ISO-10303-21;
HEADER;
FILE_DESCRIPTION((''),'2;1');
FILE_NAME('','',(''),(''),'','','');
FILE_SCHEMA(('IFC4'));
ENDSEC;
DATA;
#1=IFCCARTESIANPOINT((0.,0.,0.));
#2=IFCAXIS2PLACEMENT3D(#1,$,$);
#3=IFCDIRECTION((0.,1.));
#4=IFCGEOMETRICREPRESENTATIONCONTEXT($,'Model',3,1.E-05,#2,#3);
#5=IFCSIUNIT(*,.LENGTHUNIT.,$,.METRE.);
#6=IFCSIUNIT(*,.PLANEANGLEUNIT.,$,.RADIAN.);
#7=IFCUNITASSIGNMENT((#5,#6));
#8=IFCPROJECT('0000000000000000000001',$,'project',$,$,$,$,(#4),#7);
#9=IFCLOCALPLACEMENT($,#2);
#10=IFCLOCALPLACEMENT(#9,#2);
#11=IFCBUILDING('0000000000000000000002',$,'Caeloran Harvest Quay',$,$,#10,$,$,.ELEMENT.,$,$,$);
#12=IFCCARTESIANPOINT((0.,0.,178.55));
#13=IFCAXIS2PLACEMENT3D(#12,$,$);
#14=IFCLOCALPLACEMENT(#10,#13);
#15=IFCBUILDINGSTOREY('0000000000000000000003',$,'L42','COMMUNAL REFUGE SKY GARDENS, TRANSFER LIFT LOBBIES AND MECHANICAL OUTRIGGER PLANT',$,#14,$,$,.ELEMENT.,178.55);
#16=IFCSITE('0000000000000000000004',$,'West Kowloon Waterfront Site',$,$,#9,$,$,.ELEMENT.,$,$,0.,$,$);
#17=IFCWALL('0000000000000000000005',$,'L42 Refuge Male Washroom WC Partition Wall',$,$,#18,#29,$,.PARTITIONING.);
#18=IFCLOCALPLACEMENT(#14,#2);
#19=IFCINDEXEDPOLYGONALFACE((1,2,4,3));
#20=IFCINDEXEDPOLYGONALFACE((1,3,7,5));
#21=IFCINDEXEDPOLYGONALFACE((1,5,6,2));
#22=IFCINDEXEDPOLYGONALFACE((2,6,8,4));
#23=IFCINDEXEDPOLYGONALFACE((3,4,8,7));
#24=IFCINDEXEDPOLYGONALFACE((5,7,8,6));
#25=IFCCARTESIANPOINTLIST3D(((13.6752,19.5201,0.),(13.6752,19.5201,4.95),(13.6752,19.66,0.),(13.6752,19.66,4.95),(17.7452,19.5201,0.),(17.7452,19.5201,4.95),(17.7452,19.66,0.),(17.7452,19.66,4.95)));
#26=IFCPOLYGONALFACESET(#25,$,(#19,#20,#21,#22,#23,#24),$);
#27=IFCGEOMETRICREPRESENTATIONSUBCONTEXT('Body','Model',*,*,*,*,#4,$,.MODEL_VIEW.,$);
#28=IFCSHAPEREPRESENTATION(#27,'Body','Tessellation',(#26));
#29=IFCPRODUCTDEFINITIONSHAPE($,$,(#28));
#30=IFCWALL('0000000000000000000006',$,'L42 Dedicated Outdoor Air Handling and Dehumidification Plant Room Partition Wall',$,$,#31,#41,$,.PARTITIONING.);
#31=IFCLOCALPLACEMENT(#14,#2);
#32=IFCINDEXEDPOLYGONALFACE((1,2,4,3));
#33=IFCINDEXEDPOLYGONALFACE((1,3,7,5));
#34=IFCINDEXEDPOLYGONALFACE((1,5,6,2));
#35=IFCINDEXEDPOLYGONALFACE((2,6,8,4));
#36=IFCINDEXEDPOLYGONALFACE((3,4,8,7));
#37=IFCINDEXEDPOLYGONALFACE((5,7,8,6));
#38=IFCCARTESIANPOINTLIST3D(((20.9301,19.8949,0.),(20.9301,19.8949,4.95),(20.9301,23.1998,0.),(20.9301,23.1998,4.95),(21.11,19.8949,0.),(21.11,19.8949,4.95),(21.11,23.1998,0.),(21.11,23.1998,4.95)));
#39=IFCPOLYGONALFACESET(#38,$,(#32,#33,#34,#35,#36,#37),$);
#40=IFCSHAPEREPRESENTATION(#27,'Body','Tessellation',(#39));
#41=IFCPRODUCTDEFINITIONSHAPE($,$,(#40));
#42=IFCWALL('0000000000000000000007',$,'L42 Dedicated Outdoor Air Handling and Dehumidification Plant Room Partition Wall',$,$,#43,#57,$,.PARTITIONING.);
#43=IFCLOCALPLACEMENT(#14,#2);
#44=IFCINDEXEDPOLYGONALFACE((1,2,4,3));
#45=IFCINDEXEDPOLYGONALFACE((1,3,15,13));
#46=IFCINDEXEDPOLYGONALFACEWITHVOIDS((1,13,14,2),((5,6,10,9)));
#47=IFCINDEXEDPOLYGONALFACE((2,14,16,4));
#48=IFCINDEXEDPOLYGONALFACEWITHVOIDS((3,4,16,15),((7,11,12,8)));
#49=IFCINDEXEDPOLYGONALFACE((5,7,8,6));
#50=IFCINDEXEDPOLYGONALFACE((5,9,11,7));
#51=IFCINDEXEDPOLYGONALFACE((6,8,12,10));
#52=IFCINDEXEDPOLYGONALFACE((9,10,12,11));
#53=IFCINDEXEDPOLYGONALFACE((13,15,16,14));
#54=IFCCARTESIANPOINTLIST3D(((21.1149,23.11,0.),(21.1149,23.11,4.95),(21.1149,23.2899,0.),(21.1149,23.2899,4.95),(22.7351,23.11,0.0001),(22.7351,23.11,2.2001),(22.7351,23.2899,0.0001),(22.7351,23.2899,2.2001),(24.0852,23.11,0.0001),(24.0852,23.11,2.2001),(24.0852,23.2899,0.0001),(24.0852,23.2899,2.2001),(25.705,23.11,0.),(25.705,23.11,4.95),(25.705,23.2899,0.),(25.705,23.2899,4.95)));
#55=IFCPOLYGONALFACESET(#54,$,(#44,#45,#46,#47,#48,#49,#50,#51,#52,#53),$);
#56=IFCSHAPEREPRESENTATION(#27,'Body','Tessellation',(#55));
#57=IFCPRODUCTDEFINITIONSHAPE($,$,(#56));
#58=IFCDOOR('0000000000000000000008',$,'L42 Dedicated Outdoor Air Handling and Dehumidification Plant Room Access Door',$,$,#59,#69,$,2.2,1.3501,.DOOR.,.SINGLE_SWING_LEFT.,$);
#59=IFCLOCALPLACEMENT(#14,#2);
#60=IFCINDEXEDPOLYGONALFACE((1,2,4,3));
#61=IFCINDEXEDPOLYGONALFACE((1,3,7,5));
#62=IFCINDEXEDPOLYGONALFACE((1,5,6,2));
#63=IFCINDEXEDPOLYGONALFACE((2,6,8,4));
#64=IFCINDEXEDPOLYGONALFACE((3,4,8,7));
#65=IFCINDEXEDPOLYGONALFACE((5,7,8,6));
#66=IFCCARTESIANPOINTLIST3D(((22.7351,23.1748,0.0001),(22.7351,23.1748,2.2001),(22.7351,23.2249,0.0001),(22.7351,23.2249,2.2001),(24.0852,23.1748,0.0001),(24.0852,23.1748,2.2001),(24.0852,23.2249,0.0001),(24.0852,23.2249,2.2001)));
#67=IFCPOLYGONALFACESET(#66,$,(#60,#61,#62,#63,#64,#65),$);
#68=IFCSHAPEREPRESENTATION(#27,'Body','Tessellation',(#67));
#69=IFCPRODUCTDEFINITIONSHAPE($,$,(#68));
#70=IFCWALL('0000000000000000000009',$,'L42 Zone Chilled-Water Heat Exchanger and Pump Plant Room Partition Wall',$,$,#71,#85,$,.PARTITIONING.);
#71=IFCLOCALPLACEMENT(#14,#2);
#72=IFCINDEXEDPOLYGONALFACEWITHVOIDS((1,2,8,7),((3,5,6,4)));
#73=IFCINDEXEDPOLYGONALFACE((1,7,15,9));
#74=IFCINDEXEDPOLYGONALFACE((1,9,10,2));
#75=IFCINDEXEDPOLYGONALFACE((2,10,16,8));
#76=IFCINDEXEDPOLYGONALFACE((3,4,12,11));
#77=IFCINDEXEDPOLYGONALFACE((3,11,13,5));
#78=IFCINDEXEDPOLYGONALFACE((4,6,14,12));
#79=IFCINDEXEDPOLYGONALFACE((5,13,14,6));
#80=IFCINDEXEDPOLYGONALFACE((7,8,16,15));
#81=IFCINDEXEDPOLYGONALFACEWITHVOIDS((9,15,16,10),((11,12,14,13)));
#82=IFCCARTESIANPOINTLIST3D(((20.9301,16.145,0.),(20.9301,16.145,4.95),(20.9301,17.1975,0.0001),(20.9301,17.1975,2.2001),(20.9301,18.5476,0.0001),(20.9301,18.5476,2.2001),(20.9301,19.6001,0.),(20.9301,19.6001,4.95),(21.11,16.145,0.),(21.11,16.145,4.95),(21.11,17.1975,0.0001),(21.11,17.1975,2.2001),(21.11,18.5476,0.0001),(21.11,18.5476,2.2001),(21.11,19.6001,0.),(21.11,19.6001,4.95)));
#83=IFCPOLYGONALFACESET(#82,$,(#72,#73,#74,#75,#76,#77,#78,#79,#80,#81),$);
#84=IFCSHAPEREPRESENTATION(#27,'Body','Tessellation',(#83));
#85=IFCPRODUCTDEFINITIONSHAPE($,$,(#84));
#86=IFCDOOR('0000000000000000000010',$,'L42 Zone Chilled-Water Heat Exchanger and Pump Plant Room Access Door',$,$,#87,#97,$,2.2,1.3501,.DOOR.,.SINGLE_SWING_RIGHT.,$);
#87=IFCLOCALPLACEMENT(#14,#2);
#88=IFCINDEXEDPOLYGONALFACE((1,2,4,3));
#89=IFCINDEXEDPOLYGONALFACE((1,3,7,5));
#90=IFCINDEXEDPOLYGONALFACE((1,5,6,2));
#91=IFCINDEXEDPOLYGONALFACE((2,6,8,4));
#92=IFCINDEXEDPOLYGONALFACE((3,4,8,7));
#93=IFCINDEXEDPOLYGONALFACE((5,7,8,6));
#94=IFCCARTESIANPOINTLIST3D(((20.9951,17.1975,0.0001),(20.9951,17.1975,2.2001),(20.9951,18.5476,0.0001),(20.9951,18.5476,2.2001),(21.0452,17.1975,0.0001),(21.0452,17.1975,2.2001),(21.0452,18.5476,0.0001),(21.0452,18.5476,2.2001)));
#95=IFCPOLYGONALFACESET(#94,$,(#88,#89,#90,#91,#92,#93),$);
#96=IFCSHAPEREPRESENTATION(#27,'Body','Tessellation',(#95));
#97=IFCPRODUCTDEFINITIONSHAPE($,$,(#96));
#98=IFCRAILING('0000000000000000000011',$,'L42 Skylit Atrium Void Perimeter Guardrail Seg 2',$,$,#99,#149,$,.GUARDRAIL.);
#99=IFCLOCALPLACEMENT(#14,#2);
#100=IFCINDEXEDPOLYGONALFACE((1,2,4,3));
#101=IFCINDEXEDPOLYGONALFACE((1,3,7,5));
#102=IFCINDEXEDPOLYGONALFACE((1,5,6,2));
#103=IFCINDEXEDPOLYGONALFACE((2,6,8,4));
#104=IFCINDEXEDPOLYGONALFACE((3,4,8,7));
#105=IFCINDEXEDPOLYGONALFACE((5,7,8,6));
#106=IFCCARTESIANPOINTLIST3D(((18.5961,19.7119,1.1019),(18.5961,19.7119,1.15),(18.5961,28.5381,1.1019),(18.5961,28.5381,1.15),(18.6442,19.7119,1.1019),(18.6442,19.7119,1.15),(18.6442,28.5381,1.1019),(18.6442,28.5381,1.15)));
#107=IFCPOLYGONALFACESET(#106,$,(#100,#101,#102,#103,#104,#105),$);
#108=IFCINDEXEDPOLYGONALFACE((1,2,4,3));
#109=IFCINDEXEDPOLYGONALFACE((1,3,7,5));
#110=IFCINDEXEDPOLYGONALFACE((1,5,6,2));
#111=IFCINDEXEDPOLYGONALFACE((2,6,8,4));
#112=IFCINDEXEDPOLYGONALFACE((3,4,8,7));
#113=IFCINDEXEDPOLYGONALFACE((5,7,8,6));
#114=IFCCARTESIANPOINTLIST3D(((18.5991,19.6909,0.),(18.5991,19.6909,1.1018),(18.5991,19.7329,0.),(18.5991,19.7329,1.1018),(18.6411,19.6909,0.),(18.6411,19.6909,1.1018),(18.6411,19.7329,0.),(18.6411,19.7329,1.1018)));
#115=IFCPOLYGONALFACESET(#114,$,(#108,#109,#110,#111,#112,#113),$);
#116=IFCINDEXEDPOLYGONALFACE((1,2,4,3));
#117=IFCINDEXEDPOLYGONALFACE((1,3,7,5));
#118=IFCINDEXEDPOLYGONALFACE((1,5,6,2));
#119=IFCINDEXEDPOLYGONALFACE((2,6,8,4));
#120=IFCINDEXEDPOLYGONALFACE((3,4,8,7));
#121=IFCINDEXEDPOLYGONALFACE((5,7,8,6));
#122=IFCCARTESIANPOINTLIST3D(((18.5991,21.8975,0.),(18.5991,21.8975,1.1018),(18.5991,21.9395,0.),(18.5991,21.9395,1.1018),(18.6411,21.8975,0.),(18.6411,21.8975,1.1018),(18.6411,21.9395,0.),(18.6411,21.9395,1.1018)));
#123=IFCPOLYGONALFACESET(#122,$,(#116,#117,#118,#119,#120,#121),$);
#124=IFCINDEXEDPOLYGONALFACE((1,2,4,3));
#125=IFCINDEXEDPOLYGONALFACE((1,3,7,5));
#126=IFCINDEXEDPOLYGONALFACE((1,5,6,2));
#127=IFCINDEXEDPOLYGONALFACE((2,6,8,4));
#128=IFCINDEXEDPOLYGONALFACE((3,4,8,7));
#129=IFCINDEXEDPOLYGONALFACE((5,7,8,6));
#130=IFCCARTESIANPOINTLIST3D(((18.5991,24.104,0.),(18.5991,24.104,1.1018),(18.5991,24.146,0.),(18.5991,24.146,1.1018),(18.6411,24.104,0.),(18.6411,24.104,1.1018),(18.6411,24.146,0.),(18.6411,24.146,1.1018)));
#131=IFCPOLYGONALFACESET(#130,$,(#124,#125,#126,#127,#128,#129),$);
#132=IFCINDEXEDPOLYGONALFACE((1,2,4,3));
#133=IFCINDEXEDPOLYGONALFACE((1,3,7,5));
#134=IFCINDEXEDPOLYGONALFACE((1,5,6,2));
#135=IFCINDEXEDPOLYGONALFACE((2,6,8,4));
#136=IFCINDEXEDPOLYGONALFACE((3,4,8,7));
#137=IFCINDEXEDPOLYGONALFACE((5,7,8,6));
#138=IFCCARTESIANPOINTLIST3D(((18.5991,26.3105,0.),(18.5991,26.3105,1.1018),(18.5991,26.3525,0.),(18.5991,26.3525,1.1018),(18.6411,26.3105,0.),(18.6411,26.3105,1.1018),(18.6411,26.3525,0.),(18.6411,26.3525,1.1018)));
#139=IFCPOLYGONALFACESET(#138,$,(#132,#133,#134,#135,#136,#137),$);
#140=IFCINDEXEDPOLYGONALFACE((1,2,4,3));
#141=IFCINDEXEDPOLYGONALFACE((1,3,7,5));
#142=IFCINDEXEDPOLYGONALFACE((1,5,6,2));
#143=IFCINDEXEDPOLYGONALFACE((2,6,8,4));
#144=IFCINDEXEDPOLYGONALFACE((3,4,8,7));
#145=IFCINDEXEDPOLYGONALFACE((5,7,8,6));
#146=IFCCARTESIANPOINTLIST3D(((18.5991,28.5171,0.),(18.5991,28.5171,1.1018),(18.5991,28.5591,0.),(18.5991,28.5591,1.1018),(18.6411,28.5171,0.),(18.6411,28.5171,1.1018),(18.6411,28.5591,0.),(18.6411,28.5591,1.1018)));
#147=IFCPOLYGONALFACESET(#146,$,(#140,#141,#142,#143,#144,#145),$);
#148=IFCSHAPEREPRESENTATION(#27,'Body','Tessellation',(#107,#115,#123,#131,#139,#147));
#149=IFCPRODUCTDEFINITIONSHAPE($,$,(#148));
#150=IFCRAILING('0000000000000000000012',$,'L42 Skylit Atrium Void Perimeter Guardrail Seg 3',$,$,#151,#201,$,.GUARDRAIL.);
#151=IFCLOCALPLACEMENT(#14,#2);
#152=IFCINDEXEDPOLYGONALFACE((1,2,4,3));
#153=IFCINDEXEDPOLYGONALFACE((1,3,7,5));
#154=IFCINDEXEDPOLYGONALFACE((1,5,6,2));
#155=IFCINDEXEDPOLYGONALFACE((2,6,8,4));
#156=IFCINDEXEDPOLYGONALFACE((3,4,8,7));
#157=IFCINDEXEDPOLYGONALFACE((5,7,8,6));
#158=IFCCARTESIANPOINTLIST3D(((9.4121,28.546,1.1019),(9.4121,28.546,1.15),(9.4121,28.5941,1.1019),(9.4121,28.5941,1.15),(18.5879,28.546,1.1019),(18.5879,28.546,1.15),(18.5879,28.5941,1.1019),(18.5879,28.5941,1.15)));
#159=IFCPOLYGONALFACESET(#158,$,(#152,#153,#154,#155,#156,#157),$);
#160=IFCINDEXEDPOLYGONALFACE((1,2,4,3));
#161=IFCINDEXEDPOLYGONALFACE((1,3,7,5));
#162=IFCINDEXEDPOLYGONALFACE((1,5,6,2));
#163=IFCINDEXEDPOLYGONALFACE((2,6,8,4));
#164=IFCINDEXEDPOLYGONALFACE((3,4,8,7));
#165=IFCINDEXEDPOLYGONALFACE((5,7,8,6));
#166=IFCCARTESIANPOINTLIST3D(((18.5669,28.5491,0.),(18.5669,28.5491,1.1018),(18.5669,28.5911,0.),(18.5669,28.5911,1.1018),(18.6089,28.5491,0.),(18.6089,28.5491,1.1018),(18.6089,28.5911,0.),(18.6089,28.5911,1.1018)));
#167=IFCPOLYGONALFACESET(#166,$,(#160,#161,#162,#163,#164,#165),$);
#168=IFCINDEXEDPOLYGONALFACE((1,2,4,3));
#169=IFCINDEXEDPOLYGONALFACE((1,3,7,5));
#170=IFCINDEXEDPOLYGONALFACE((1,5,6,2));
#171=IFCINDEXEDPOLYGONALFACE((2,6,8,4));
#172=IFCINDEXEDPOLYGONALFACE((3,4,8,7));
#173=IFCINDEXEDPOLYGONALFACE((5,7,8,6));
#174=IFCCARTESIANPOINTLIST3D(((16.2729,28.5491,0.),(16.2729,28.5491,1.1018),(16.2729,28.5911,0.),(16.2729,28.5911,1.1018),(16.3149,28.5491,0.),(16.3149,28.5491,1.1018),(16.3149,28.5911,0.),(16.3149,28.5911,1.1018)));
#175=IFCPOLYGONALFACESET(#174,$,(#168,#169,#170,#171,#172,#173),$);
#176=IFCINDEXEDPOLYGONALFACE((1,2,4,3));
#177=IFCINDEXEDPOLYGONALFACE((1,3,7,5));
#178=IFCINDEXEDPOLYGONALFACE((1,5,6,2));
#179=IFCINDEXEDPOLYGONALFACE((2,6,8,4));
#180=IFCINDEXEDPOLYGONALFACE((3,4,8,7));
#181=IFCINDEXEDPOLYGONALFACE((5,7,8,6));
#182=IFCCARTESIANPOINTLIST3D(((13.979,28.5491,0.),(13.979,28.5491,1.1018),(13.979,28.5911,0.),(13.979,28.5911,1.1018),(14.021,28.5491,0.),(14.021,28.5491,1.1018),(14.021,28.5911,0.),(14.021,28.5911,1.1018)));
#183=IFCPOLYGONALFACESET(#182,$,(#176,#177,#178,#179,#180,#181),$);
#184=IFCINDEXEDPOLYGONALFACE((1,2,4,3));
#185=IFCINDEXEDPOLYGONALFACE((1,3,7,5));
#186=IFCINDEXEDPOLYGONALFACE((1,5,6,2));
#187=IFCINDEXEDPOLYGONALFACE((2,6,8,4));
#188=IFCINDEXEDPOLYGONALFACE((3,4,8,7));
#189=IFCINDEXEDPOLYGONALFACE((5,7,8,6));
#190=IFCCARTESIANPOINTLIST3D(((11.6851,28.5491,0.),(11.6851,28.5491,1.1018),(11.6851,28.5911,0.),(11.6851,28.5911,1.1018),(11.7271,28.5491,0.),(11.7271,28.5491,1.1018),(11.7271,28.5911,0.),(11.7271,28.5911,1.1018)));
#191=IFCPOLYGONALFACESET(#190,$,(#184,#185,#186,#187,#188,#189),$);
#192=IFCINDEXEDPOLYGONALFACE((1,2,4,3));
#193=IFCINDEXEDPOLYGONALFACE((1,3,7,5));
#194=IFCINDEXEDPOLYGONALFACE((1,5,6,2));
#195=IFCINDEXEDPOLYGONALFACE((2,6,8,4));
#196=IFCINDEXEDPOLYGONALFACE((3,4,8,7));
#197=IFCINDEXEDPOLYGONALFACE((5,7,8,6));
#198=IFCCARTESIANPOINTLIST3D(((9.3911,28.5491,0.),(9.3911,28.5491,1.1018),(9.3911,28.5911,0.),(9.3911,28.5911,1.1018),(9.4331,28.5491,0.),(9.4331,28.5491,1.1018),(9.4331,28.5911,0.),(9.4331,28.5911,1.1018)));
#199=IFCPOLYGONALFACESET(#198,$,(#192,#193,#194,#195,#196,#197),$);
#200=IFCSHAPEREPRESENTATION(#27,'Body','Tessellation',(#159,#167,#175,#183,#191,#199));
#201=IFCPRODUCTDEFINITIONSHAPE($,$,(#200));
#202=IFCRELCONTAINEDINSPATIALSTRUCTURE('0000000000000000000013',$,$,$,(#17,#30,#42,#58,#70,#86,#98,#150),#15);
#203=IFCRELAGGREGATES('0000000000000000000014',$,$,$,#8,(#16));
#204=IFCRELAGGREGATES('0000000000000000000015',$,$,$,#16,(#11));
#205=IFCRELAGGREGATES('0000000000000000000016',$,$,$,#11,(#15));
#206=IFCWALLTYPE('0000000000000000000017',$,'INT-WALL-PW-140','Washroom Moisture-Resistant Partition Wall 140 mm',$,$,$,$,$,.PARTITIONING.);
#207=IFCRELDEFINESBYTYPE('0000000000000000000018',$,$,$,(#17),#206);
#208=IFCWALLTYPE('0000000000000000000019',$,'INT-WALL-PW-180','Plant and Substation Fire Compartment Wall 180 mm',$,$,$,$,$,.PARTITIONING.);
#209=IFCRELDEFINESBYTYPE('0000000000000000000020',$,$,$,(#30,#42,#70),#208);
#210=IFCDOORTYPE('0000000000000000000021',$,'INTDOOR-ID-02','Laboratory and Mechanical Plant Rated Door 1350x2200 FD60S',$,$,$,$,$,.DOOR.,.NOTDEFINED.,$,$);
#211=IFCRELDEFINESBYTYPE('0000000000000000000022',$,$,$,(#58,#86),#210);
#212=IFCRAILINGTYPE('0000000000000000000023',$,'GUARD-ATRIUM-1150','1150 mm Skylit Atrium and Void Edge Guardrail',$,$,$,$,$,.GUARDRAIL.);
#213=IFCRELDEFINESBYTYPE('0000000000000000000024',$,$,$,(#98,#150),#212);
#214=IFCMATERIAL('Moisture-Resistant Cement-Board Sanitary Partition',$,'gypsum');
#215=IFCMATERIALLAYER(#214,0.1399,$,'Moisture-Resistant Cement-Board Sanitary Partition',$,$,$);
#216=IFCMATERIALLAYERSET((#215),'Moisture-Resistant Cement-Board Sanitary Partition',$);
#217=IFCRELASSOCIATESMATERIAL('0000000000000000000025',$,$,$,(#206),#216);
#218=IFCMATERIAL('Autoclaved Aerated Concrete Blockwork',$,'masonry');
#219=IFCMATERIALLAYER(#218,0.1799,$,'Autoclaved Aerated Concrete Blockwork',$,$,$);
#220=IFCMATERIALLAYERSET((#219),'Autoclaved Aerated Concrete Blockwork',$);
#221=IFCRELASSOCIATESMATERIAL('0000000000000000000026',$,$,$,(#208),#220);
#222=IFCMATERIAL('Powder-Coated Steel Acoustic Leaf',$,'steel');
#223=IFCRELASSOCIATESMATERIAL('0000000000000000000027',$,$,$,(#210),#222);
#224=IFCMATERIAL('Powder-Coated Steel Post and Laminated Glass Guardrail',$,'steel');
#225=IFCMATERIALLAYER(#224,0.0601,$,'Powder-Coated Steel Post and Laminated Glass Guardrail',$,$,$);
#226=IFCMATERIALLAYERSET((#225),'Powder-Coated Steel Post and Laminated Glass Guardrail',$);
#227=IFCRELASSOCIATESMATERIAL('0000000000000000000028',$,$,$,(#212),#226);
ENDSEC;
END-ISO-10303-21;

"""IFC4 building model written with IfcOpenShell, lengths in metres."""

from ifc_helpers import new_model, si_unit, direction, frame, frame_2d, origin, origin_2d, place, context, subcontext, project, spatial, rectangle, extrude, material, layer, layer_set, type_object, element, fill, save


model = new_model("IFC4")

# Units and contexts
model_context = context("Model", 3, precision=1e-05, world=origin(), true_north=direction((0.0, 1.0)))
body_context = subcontext(model_context, "Body", "Model", "MODEL_VIEW")
ifc_project = project(units=[si_unit("LENGTHUNIT", "METRE"), si_unit("PLANEANGLEUNIT", "RADIAN")], contexts=[model_context])

# Site, building, storey
site_placement = place(None, origin())
site = spatial("IfcSite", under=ifc_project, at=site_placement, Name="West Kowloon Waterfront Site", CompositionType="ELEMENT", RefElevation=0.0)
building_placement = place(site_placement, origin())
building = spatial("IfcBuilding", under=site, at=building_placement, Name="Caeloran Harvest Quay", CompositionType="ELEMENT")
storey_placement = place(building_placement, frame((0.0, 0.0, 178.55)))
storey = spatial("IfcBuildingStorey", under=building, at=storey_placement, Name="L42", Description="COMMUNAL REFUGE SKY GARDENS, TRANSFER LIFT LOBBIES AND MECHANICAL OUTRIGGER PLANT", CompositionType="ELEMENT", Elevation=178.55)

# Shared definitions
ifc_material_1 = material(Name="Moisture-Resistant Cement-Board Sanitary Partition", Category="gypsum")
ifc_layer_1 = layer(ifc_material_1, 0.1399, Name="Moisture-Resistant Cement-Board Sanitary Partition")
ifc_layer_set_1 = layer_set([ifc_layer_1], Name="Moisture-Resistant Cement-Board Sanitary Partition")
wall_type_1 = type_object("IfcWallType", Name="INT-WALL-PW-140", Description="Washroom Moisture-Resistant Partition Wall 140 mm", PredefinedType="PARTITIONING", material=ifc_layer_set_1)

# Walls
wall_1_placement = place(storey_placement, frame((13.675, 19.5901, 0.0), z_axis=(0.0, 0.0, 1.0), x_axis=(1.0, 0.0, 0.0)))
element("IfcWall", 1, at=wall_1_placement, inside=storey, type_object=wall_type_1, Name="L42 Refuge Male Washroom WC Partition Wall", PredefinedType="PARTITIONING", context=body_context, shape_type="SweptSolid", body=[
    extrude(rectangle(XDim=4.0701, YDim=0.1399, at=frame_2d((2.0352, 0.0))), origin(), (0.0, 0.0, 1.0), 4.95),
])
ifc_material_2 = material(Name="Autoclaved Aerated Concrete Blockwork", Category="masonry")
ifc_layer_2 = layer(ifc_material_2, 0.1799, Name="Autoclaved Aerated Concrete Blockwork")
ifc_layer_set_2 = layer_set([ifc_layer_2], Name="Autoclaved Aerated Concrete Blockwork")
wall_type_2 = type_object("IfcWallType", Name="INT-WALL-PW-180", Description="Plant and Substation Fire Compartment Wall 180 mm", PredefinedType="PARTITIONING", material=ifc_layer_set_2)
wall_2_placement = place(storey_placement, frame((21.02, 19.895, 0.0), z_axis=(0.0, 0.0, 1.0), x_axis=(0.0, 1.0, 0.0)))
element("IfcWall", 2, at=wall_2_placement, inside=storey, type_object=wall_type_2, Name="L42 Dedicated Outdoor Air Handling and Dehumidification Plant Room Partition Wall", PredefinedType="PARTITIONING", context=body_context, shape_type="SweptSolid", body=[
    extrude(rectangle(XDim=3.3049, YDim=0.1799, at=frame_2d((1.6523, 0.0))), origin(), (0.0, 0.0, 1.0), 4.95),
])

# Walls, openings, doors
wall_3_placement = place(storey_placement, frame((21.115, 23.2, 0.0), z_axis=(0.0, 0.0, 1.0), x_axis=(1.0, 0.0, 0.0)))
wall_3 = element("IfcWall", 3, at=wall_3_placement, inside=storey, type_object=wall_type_2, Name="L42 Dedicated Outdoor Air Handling and Dehumidification Plant Room Partition Wall", PredefinedType="PARTITIONING", context=body_context, shape_type="SweptSolid", body=[
    extrude(rectangle(XDim=4.5901, YDim=0.1799, at=frame_2d((2.2949, 0.0))), origin(), (0.0, 0.0, 1.0), 4.95),
])
opening_1_placement = place(wall_3_placement, frame((1.6201, 0.0, 0.0)))
opening_1 = element("IfcOpeningElement", 4, at=opening_1_placement, cuts=wall_3, PredefinedType="OPENING", context=body_context, shape_type="SweptSolid", body=[
    extrude(rectangle(XDim=1.3501, YDim=2.2, at=frame_2d((0.675, 1.1001))), frame((0.0, 0.1001, 0.0), z_axis=(0.0, -1.0, 0.0), x_axis=(1.0, 0.0, 0.0)), (0.0, 0.0, 1.0), 0.2),
])
ifc_material_3 = material(Name="Powder-Coated Steel Acoustic Leaf", Category="steel")
door_type_1 = type_object("IfcDoorType", Name="INTDOOR-ID-02", Description="Laboratory and Mechanical Plant Rated Door 1350x2200 FD60S", OperationType="NOTDEFINED", PredefinedType="DOOR", material=ifc_material_3)
door_1_placement = place(opening_1_placement, origin())
door_1 = element("IfcDoor", 5, at=door_1_placement, inside=storey, type_object=door_type_1, Name="L42 Dedicated Outdoor Air Handling and Dehumidification Plant Room Access Door", OperationType="SINGLE_SWING_LEFT", OverallHeight=2.2, OverallWidth=1.3501, PredefinedType="DOOR", context=body_context, shape_type="SweptSolid", body=[
    extrude(rectangle(XDim=1.3501, YDim=2.2, at=frame_2d((0.675, 1.1001))), frame((0.0, 0.0249, 0.0), z_axis=(0.0, -1.0, 0.0), x_axis=(1.0, 0.0, 0.0)), (0.0, 0.0, 1.0), 0.05),
])
fill(opening_1, door_1)
wall_4_placement = place(storey_placement, frame((21.02, 16.145, 0.0), z_axis=(0.0, 0.0, 1.0), x_axis=(0.0, 1.0, 0.0)))
wall_4 = element("IfcWall", 6, at=wall_4_placement, inside=storey, type_object=wall_type_2, Name="L42 Zone Chilled-Water Heat Exchanger and Pump Plant Room Partition Wall", PredefinedType="PARTITIONING", context=body_context, shape_type="SweptSolid", body=[
    extrude(rectangle(XDim=3.4551, YDim=0.1799, at=frame_2d((1.7275, 0.0))), origin(), (0.0, 0.0, 1.0), 4.95),
])
opening_2_placement = place(wall_4_placement, frame((1.0525, 0.0, 0.0)))
opening_2 = element("IfcOpeningElement", 7, at=opening_2_placement, cuts=wall_4, PredefinedType="OPENING", context=body_context, shape_type="SweptSolid", body=[
    extrude(rectangle(XDim=1.3501, YDim=2.2, at=frame_2d((0.675, 1.1001))), frame((0.0, 0.1001, 0.0), z_axis=(0.0, -1.0, 0.0), x_axis=(1.0, 0.0, 0.0)), (0.0, 0.0, 1.0), 0.2),
])
door_2_placement = place(opening_2_placement, origin())
door_2 = element("IfcDoor", 8, at=door_2_placement, inside=storey, type_object=door_type_1, Name="L42 Zone Chilled-Water Heat Exchanger and Pump Plant Room Access Door", OperationType="SINGLE_SWING_RIGHT", OverallHeight=2.2, OverallWidth=1.3501, PredefinedType="DOOR", context=body_context, shape_type="SweptSolid", body=[
    extrude(rectangle(XDim=1.3501, YDim=2.2, at=frame_2d((0.675, 1.1001))), frame((0.0, 0.0249, 0.0), z_axis=(0.0, -1.0, 0.0), x_axis=(1.0, 0.0, 0.0)), (0.0, 0.0, 1.0), 0.05),
])
fill(opening_2, door_2)

# Railings
ifc_material_4 = material(Name="Powder-Coated Steel Post and Laminated Glass Guardrail", Category="steel")
ifc_layer_3 = layer(ifc_material_4, 0.0601, Name="Powder-Coated Steel Post and Laminated Glass Guardrail")
ifc_layer_set_3 = layer_set([ifc_layer_3], Name="Powder-Coated Steel Post and Laminated Glass Guardrail")
railing_type = type_object("IfcRailingType", Name="GUARD-ATRIUM-1150", Description="1150 mm Skylit Atrium and Void Edge Guardrail", PredefinedType="GUARDRAIL", material=ifc_layer_set_3)
railing_1_placement = place(storey_placement, frame((18.6201, 19.7119, 0.0)))
element("IfcRailing", 9, at=railing_1_placement, inside=storey, type_object=railing_type, Name="L42 Skylit Atrium Void Perimeter Guardrail Seg 2", PredefinedType="GUARDRAIL", context=body_context, shape_type="SweptSolid", body=[
    extrude(rectangle(XDim=0.0481, YDim=0.0481, at=origin_2d()), frame((0.0, 0.0, 1.126), z_axis=(0.0, 1.0, 0.0), x_axis=(-1.0, 0.0, 0.0)), (0.0, 0.0, 1.0), 8.8262),
    extrude(rectangle(XDim=0.042, YDim=0.042, at=origin_2d()), origin(), (0.0, 0.0, 1.0), 1.1018),
    extrude(rectangle(XDim=0.042, YDim=0.042, at=origin_2d()), frame((0.0, 2.2065, 0.0)), (0.0, 0.0, 1.0), 1.1018),
    extrude(rectangle(XDim=0.042, YDim=0.042, at=origin_2d()), frame((0.0, 4.4131, 0.0)), (0.0, 0.0, 1.0), 1.1018),
    extrude(rectangle(XDim=0.042, YDim=0.042, at=origin_2d()), frame((0.0, 6.6196, 0.0)), (0.0, 0.0, 1.0), 1.1018),
    extrude(rectangle(XDim=0.042, YDim=0.042, at=origin_2d()), frame((0.0, 8.8262, 0.0)), (0.0, 0.0, 1.0), 1.1018),
])
railing_2_placement = place(storey_placement, frame((18.5879, 28.5701, 0.0)))
element("IfcRailing", 10, at=railing_2_placement, inside=storey, type_object=railing_type, Name="L42 Skylit Atrium Void Perimeter Guardrail Seg 3", PredefinedType="GUARDRAIL", context=body_context, shape_type="SweptSolid", body=[
    extrude(rectangle(XDim=0.0481, YDim=0.0481, at=origin_2d()), frame((0.0, 0.0, 1.126), z_axis=(-1.0, 0.0, 0.0), x_axis=(0.0, -1.0, 0.0)), (0.0, 0.0, 1.0), 9.1758),
    extrude(rectangle(XDim=0.042, YDim=0.042, at=origin_2d()), origin(), (0.0, 0.0, 1.0), 1.1018),
    extrude(rectangle(XDim=0.042, YDim=0.042, at=origin_2d()), frame((-2.2939, 0.0, 0.0)), (0.0, 0.0, 1.0), 1.1018),
    extrude(rectangle(XDim=0.042, YDim=0.042, at=origin_2d()), frame((-4.5879, 0.0, 0.0)), (0.0, 0.0, 1.0), 1.1018),
    extrude(rectangle(XDim=0.042, YDim=0.042, at=origin_2d()), frame((-6.8818, 0.0, 0.0)), (0.0, 0.0, 1.0), 1.1018),
    extrude(rectangle(XDim=0.042, YDim=0.042, at=origin_2d()), frame((-9.1758, 0.0, 0.0)), (0.0, 0.0, 1.0), 1.1018),
])

save(model, "model.ifc")
